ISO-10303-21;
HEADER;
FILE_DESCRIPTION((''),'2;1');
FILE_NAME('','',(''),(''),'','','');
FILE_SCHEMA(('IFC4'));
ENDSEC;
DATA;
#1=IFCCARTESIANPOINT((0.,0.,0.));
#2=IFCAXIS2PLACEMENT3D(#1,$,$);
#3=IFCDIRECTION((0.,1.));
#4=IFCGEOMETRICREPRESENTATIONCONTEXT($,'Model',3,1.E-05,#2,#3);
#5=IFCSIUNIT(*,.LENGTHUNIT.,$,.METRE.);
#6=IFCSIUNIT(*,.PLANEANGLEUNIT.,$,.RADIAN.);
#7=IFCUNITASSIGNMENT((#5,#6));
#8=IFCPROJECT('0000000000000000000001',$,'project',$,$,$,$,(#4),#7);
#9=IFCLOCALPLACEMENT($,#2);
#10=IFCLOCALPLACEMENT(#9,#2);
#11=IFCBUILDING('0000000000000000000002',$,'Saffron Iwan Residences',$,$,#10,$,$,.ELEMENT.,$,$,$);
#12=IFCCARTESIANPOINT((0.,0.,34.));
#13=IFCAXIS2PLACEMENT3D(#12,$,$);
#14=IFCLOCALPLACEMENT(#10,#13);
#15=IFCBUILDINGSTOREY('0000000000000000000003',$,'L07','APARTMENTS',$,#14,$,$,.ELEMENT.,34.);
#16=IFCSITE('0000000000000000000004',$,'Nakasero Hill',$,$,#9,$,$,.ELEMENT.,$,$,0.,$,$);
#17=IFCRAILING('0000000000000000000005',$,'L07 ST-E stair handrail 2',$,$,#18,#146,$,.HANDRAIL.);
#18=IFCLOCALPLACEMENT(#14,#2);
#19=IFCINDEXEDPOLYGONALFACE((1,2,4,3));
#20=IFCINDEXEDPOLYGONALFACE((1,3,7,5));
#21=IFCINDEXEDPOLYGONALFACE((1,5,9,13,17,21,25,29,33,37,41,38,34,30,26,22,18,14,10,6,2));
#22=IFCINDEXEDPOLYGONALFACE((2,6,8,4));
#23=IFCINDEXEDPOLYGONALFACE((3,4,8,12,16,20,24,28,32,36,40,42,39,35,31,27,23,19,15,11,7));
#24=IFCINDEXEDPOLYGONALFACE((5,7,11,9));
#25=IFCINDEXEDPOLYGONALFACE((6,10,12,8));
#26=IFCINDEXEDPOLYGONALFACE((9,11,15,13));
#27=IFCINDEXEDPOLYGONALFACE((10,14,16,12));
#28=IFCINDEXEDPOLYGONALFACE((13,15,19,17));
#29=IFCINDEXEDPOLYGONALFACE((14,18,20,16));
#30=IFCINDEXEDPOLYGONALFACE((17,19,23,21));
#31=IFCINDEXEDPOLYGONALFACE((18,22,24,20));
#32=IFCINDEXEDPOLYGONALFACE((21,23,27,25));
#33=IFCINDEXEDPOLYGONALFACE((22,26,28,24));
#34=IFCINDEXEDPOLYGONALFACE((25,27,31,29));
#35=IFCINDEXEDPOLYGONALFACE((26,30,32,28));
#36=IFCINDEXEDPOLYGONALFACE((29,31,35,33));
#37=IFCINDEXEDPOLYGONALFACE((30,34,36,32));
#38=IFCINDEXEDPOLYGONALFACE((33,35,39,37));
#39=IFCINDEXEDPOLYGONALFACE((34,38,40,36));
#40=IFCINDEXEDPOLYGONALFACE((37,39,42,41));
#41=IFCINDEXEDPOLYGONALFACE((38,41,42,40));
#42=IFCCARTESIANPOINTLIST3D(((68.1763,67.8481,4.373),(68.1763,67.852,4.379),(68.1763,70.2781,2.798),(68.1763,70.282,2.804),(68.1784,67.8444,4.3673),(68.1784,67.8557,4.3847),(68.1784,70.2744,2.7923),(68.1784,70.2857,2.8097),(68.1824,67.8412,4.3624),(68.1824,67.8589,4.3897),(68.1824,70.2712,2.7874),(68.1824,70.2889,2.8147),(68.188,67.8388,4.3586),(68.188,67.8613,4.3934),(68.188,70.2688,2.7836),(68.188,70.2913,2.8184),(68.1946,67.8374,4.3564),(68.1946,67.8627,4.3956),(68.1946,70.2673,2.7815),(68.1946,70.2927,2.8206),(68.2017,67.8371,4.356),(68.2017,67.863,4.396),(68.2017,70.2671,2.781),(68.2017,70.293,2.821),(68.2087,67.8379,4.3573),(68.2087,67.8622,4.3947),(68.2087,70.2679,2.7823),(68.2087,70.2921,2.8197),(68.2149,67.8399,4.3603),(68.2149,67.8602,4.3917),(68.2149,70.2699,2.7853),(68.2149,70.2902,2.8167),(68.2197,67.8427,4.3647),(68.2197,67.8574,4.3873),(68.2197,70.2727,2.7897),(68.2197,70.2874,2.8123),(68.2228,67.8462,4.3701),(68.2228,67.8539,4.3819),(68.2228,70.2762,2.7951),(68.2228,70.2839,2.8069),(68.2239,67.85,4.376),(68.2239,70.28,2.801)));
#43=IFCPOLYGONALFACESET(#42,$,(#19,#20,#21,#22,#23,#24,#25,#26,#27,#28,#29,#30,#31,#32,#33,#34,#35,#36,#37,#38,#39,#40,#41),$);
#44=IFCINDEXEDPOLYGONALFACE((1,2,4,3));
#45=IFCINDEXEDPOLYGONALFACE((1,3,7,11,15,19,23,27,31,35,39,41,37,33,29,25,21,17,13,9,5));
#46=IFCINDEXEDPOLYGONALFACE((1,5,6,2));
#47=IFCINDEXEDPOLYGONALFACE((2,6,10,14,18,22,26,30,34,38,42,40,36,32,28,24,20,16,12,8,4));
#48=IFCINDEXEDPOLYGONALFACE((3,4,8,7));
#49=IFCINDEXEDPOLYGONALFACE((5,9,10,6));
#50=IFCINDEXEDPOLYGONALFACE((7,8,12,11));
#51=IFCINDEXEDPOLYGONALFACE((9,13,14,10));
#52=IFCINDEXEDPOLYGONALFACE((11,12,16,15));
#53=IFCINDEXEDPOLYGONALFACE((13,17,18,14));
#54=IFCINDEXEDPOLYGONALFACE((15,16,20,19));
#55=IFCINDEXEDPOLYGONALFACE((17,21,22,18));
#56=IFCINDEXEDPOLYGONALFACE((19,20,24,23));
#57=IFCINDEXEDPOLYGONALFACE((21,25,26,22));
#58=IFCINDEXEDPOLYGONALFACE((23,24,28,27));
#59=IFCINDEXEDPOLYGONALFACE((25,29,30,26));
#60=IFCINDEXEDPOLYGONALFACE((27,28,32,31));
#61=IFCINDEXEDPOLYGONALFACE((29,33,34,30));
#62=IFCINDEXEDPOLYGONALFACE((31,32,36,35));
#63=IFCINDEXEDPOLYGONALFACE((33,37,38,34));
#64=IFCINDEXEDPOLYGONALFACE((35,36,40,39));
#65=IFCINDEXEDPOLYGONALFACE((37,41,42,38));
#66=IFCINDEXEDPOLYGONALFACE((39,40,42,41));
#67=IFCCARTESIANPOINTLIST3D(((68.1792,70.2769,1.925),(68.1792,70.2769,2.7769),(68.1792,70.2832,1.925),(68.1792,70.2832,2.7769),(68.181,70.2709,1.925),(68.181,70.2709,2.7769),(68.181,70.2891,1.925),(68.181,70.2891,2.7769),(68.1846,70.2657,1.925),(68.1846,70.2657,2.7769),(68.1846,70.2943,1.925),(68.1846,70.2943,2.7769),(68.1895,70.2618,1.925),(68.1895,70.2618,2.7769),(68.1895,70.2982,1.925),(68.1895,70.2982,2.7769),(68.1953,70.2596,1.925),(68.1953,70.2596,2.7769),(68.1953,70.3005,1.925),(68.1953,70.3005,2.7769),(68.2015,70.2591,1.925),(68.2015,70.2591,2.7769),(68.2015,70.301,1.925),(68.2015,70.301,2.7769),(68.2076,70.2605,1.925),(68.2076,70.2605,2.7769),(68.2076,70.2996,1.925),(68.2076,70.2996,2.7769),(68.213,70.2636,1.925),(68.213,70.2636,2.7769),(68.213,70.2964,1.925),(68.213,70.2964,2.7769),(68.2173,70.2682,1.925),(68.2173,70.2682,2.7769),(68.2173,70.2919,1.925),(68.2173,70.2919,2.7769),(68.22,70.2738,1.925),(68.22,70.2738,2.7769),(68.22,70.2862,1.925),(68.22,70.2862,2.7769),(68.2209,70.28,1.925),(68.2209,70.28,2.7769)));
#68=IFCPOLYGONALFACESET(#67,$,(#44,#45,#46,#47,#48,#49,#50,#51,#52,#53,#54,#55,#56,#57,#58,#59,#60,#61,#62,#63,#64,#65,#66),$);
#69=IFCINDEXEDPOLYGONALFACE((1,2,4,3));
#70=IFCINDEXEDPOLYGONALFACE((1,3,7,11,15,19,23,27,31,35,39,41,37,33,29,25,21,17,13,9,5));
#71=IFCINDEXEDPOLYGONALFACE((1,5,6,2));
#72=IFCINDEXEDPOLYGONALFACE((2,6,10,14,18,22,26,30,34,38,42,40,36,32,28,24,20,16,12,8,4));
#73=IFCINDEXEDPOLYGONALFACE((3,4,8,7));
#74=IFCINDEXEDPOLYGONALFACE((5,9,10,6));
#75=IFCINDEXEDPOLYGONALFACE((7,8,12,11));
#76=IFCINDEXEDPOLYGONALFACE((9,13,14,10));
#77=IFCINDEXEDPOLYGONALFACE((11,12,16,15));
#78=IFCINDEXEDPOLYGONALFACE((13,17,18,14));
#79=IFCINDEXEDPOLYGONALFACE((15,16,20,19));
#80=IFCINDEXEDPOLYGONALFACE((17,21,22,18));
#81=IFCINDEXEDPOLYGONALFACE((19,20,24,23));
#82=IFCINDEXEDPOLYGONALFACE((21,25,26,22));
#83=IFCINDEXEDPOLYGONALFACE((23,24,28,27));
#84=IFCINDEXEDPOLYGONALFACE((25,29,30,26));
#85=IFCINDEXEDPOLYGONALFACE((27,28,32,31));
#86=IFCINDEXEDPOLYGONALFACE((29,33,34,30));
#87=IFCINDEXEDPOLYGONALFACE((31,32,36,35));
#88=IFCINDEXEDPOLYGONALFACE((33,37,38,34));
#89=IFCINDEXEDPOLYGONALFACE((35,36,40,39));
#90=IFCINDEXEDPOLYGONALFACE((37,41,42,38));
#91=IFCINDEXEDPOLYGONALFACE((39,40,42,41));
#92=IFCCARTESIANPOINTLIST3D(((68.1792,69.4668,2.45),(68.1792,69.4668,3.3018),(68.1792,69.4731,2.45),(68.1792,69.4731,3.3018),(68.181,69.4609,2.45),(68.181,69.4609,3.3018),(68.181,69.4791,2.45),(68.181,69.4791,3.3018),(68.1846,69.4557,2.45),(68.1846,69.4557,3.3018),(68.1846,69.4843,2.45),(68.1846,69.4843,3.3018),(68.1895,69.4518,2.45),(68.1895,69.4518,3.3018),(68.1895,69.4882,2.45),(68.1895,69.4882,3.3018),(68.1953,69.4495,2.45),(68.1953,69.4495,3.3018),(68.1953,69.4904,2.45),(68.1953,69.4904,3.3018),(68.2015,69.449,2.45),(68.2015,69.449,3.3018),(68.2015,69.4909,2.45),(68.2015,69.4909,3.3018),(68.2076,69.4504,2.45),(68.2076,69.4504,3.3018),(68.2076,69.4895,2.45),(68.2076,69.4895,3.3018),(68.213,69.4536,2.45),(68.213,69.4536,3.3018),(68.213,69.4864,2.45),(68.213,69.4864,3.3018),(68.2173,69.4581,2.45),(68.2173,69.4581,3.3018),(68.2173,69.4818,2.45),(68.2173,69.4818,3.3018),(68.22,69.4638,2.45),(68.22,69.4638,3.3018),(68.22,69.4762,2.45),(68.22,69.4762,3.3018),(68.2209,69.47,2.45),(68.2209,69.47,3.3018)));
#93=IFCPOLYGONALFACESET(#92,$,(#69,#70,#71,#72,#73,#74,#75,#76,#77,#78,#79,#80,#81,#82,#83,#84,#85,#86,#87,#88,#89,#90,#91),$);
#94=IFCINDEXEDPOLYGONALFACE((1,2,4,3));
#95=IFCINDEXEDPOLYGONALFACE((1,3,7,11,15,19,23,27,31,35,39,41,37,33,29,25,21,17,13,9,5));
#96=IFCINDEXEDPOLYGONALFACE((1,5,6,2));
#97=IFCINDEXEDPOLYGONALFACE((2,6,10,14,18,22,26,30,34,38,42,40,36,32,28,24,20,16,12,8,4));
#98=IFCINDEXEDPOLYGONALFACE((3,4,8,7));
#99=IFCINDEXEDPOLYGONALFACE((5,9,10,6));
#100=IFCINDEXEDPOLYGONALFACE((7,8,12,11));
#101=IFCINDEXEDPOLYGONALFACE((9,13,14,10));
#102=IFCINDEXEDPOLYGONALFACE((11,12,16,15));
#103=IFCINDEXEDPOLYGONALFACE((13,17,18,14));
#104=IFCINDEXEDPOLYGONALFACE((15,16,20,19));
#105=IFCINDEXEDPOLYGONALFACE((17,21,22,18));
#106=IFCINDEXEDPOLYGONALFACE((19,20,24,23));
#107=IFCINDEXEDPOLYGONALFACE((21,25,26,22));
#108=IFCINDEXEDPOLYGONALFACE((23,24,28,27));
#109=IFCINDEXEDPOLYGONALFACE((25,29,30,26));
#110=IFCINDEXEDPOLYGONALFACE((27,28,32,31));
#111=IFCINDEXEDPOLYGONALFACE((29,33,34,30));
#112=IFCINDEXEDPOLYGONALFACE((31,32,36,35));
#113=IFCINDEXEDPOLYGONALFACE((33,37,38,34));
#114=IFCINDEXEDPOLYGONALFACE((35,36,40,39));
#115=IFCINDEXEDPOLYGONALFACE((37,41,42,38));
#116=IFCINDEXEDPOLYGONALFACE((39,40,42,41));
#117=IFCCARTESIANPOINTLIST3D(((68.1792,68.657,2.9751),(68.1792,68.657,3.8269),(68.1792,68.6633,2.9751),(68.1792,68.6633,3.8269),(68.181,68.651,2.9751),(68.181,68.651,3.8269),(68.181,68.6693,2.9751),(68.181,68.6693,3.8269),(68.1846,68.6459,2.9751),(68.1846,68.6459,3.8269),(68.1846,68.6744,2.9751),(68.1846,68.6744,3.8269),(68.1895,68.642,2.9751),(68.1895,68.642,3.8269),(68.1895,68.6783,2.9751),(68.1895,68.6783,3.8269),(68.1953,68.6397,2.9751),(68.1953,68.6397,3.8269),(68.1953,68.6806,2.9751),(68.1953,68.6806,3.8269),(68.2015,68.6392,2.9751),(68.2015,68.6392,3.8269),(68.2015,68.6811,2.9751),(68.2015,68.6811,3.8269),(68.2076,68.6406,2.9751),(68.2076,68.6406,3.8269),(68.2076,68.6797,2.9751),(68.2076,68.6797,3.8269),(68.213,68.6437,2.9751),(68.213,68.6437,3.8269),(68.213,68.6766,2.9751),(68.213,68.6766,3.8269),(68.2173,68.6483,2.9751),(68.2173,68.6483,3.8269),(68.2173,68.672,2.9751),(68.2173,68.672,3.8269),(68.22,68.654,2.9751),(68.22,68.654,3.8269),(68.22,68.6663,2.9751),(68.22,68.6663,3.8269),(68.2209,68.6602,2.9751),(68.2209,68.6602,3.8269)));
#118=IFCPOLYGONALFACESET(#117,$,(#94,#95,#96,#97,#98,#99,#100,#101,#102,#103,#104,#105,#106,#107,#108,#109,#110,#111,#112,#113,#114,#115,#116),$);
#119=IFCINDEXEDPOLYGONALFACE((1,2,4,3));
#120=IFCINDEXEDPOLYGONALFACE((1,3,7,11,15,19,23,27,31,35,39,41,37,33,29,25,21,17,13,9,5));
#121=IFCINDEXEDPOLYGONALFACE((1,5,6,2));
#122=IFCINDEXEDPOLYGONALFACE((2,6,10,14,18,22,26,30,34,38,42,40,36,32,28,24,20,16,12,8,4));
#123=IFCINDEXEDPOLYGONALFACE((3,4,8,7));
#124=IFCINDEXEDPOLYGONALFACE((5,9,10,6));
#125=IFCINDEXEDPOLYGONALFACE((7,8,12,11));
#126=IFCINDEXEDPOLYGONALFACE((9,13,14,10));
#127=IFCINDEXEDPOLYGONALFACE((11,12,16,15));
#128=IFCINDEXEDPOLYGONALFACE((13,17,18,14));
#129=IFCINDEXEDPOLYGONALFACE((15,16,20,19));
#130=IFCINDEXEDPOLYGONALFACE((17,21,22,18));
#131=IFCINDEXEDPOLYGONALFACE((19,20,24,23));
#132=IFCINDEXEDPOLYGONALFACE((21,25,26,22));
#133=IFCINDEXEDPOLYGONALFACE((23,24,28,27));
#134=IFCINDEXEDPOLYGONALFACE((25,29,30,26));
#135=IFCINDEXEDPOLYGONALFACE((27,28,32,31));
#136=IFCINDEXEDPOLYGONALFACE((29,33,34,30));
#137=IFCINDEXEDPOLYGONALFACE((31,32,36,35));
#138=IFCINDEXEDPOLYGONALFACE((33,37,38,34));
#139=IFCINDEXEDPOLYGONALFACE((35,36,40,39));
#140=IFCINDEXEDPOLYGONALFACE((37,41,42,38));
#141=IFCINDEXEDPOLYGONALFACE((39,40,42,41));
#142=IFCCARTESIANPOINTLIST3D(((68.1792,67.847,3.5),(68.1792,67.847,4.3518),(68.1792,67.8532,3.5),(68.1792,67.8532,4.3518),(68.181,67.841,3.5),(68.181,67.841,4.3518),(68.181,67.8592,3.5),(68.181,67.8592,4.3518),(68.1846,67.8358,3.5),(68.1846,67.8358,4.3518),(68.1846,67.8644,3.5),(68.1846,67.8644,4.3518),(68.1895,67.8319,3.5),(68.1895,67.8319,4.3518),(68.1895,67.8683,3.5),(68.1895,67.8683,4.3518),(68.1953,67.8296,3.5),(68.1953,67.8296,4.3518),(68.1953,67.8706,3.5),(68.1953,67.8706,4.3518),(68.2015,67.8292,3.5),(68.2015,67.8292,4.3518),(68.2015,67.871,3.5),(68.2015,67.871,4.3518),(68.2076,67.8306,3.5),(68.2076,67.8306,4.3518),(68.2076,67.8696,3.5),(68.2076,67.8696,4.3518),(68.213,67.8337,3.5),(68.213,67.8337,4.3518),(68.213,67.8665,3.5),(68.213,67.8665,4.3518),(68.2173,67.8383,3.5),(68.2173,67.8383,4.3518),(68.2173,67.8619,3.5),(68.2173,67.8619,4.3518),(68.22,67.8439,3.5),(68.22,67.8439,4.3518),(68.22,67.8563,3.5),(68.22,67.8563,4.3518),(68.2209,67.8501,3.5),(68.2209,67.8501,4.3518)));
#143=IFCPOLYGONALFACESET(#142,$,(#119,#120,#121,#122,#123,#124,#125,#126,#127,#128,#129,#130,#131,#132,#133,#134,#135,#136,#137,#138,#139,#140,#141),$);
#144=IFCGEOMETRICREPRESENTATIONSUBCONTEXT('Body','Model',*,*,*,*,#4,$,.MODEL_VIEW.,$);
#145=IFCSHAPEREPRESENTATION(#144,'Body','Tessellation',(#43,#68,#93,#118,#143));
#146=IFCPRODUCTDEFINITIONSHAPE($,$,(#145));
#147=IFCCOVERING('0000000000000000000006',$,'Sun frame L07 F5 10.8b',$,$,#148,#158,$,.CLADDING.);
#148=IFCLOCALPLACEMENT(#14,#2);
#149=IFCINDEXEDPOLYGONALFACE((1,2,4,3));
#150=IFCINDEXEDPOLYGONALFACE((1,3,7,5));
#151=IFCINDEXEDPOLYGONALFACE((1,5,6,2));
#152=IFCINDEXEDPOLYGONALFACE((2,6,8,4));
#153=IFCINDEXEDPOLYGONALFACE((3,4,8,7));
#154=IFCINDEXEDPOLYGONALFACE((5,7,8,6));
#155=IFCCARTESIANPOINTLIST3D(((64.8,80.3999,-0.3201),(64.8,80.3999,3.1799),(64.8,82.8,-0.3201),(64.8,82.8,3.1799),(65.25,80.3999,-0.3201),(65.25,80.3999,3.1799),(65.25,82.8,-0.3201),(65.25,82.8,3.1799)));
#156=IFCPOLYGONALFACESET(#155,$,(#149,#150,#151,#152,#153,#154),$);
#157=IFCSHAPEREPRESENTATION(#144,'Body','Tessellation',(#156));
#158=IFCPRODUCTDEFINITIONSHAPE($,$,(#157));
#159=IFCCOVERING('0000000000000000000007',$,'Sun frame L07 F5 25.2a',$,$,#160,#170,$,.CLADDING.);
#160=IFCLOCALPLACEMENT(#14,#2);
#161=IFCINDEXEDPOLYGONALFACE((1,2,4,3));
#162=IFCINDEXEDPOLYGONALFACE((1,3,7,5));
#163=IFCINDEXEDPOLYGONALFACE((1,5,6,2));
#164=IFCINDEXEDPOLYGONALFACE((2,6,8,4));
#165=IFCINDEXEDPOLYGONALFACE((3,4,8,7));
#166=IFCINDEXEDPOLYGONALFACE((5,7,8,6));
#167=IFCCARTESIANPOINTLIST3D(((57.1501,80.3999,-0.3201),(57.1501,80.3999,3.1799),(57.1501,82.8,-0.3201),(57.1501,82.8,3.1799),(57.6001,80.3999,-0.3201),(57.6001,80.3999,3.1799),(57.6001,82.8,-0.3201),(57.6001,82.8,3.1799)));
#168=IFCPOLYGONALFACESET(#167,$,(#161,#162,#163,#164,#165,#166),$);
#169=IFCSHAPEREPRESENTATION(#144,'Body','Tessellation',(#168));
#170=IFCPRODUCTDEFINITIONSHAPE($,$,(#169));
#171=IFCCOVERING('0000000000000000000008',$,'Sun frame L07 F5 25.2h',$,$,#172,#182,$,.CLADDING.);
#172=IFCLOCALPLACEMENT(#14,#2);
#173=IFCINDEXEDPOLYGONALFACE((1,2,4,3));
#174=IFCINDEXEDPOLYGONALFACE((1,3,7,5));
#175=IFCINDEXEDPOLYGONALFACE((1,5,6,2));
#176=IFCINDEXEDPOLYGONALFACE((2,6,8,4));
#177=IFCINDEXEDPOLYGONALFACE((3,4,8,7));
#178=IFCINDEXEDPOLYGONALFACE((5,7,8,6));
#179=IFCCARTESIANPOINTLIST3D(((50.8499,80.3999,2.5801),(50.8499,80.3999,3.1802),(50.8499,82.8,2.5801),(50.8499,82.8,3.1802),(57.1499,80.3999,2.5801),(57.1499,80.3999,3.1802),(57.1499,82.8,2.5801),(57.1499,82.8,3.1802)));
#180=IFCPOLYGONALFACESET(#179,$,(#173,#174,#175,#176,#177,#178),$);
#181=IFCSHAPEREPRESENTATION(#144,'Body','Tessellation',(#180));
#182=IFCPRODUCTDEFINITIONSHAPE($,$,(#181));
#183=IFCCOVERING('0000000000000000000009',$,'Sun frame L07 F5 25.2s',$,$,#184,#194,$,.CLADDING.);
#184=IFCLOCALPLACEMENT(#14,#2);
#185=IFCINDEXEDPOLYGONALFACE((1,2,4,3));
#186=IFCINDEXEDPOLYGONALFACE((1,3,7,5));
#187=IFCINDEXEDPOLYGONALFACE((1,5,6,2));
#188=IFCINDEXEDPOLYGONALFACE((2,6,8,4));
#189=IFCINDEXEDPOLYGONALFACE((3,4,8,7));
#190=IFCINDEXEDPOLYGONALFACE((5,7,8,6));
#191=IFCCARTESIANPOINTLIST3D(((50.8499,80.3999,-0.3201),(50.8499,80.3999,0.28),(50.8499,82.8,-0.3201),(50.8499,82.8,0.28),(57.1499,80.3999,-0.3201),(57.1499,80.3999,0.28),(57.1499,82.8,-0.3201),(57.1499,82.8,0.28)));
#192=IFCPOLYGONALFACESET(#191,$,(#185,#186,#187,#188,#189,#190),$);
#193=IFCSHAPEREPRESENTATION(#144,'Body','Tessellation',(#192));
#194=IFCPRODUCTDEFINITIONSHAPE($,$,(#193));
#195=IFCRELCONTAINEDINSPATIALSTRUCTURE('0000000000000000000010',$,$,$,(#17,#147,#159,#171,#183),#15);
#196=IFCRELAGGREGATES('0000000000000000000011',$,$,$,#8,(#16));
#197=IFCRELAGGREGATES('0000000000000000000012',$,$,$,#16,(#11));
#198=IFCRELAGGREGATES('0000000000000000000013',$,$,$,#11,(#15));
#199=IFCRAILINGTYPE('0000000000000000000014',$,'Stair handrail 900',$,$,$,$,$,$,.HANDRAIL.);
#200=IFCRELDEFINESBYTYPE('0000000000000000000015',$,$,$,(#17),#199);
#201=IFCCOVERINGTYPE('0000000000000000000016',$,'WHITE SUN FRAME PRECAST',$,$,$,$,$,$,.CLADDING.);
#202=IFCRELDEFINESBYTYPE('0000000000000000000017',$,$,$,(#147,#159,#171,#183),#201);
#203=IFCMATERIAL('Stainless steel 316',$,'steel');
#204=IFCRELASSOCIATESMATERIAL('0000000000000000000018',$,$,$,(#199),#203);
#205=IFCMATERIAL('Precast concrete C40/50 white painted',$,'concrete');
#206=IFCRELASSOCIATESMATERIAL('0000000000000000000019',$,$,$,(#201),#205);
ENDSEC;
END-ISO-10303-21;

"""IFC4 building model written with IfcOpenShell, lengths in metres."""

from ifc_helpers import new_model, si_unit, direction, frame, origin, origin_2d, place, context, subcontext, project, spatial, polyline, circle, outline, extrude, material, type_object, element, save


model = new_model("IFC4")

# Units and contexts
model_context = context("Model", 3, precision=1e-05, world=origin(), true_north=direction((0.0, 1.0)))
body_context = subcontext(model_context, "Body", "Model", "MODEL_VIEW")
ifc_project = project(units=[si_unit("LENGTHUNIT", "METRE"), si_unit("PLANEANGLEUNIT", "RADIAN")], contexts=[model_context])

# Site, building, storey
site_placement = place(None, origin())
site = spatial("IfcSite", under=ifc_project, at=site_placement, Name="Nakasero Hill", CompositionType="ELEMENT", RefElevation=0.0)
building_placement = place(site_placement, origin())
building = spatial("IfcBuilding", under=site, at=building_placement, Name="Saffron Iwan Residences", CompositionType="ELEMENT")
storey_placement = place(building_placement, frame((0.0, 0.0, 34.0)))
storey = spatial("IfcBuildingStorey", under=building, at=storey_placement, Name="L07", Description="APARTMENTS", CompositionType="ELEMENT", Elevation=34.0)

# Railing
ifc_material_1 = material(Name="Stainless steel 316", Category="steel")
railing_type_1 = type_object("IfcRailingType", Name="Stair handrail 900", PredefinedType="HANDRAIL", material=ifc_material_1)
railing_1_placement = place(storey_placement, frame((68.2, 70.28, 1.925)))
element("IfcRailing", 1, at=railing_1_placement, inside=storey, type_object=railing_type_1, Name="L07 ST-E stair handrail 2", PredefinedType="HANDRAIL", context=body_context, shape_type="SweptSolid", body=[
    extrude(circle(Radius=0.0239, at=origin_2d()), frame((0.0, 0.0, 0.876), z_axis=(0.0, -0.839154, 0.543894), x_axis=(1.0, 0.0, 0.0)), (0.0, 0.0, 1.0), 2.8958),
    extrude(circle(Radius=0.021, at=origin_2d()), origin(), (0.0, 0.0, 1.0), 0.8518),
    extrude(circle(Radius=0.021, at=origin_2d()), frame((0.0, -0.8101, 0.5249)), (0.0, 0.0, 1.0), 0.8518),
    extrude(circle(Radius=0.021, at=origin_2d()), frame((0.0, -1.6199, 1.05)), (0.0, 0.0, 1.0), 0.8518),
    extrude(circle(Radius=0.021, at=origin_2d()), frame((0.0, -2.4299, 1.575)), (0.0, 0.0, 1.0), 0.8518),
])

# Coverings
ifc_material_2 = material(Name="Precast concrete C40/50 white painted", Category="concrete")
covering_type_1 = type_object("IfcCoveringType", Name="WHITE SUN FRAME PRECAST", PredefinedType="CLADDING", material=ifc_material_2)
for number, where, z_axis, x_axis, name in (
    (2, (65.25, 80.3999, -0.3201), (0.0, 1.0, 0.0), (-1.0, 0.0, 0.0), "Sun frame L07 F5 10.8b"),
    (3, (57.6001, 80.3999, -0.3201), (0.0, 1.0, 0.0), (-1.0, 0.0, 0.0), "Sun frame L07 F5 25.2a"),
):
    element("IfcCovering", number, at=place(storey_placement, frame(where, z_axis=z_axis, x_axis=x_axis)), inside=storey, type_object=covering_type_1, Name=name, PredefinedType="CLADDING", context=body_context, shape_type="SweptSolid", body=[
        extrude(outline(polyline([(0.0, 0.0), (0.45, 0.0), (0.45, 3.5), (0.0, 3.5), (0.0, 0.0)])), origin(), (0.0, 0.0, 1.0), 2.4001),
    ])
for number, where, z_axis, x_axis, name in (
    (4, (57.1499, 80.3999, 2.5801), (0.0, 1.0, 0.0), (-1.0, 0.0, 0.0), "Sun frame L07 F5 25.2h"),
    (5, (57.1499, 80.3999, -0.3201), (0.0, 1.0, 0.0), (-1.0, 0.0, 0.0), "Sun frame L07 F5 25.2s"),
):
    element("IfcCovering", number, at=place(storey_placement, frame(where, z_axis=z_axis, x_axis=x_axis)), inside=storey, type_object=covering_type_1, Name=name, PredefinedType="CLADDING", context=body_context, shape_type="SweptSolid", body=[
        extrude(outline(polyline([(0.0, 0.0), (6.3, 0.0), (6.3, 0.6001), (0.0, 0.6001), (0.0, 0.0)])), origin(), (0.0, 0.0, 1.0), 2.4001),
    ])

save(model, "model.ifc")
